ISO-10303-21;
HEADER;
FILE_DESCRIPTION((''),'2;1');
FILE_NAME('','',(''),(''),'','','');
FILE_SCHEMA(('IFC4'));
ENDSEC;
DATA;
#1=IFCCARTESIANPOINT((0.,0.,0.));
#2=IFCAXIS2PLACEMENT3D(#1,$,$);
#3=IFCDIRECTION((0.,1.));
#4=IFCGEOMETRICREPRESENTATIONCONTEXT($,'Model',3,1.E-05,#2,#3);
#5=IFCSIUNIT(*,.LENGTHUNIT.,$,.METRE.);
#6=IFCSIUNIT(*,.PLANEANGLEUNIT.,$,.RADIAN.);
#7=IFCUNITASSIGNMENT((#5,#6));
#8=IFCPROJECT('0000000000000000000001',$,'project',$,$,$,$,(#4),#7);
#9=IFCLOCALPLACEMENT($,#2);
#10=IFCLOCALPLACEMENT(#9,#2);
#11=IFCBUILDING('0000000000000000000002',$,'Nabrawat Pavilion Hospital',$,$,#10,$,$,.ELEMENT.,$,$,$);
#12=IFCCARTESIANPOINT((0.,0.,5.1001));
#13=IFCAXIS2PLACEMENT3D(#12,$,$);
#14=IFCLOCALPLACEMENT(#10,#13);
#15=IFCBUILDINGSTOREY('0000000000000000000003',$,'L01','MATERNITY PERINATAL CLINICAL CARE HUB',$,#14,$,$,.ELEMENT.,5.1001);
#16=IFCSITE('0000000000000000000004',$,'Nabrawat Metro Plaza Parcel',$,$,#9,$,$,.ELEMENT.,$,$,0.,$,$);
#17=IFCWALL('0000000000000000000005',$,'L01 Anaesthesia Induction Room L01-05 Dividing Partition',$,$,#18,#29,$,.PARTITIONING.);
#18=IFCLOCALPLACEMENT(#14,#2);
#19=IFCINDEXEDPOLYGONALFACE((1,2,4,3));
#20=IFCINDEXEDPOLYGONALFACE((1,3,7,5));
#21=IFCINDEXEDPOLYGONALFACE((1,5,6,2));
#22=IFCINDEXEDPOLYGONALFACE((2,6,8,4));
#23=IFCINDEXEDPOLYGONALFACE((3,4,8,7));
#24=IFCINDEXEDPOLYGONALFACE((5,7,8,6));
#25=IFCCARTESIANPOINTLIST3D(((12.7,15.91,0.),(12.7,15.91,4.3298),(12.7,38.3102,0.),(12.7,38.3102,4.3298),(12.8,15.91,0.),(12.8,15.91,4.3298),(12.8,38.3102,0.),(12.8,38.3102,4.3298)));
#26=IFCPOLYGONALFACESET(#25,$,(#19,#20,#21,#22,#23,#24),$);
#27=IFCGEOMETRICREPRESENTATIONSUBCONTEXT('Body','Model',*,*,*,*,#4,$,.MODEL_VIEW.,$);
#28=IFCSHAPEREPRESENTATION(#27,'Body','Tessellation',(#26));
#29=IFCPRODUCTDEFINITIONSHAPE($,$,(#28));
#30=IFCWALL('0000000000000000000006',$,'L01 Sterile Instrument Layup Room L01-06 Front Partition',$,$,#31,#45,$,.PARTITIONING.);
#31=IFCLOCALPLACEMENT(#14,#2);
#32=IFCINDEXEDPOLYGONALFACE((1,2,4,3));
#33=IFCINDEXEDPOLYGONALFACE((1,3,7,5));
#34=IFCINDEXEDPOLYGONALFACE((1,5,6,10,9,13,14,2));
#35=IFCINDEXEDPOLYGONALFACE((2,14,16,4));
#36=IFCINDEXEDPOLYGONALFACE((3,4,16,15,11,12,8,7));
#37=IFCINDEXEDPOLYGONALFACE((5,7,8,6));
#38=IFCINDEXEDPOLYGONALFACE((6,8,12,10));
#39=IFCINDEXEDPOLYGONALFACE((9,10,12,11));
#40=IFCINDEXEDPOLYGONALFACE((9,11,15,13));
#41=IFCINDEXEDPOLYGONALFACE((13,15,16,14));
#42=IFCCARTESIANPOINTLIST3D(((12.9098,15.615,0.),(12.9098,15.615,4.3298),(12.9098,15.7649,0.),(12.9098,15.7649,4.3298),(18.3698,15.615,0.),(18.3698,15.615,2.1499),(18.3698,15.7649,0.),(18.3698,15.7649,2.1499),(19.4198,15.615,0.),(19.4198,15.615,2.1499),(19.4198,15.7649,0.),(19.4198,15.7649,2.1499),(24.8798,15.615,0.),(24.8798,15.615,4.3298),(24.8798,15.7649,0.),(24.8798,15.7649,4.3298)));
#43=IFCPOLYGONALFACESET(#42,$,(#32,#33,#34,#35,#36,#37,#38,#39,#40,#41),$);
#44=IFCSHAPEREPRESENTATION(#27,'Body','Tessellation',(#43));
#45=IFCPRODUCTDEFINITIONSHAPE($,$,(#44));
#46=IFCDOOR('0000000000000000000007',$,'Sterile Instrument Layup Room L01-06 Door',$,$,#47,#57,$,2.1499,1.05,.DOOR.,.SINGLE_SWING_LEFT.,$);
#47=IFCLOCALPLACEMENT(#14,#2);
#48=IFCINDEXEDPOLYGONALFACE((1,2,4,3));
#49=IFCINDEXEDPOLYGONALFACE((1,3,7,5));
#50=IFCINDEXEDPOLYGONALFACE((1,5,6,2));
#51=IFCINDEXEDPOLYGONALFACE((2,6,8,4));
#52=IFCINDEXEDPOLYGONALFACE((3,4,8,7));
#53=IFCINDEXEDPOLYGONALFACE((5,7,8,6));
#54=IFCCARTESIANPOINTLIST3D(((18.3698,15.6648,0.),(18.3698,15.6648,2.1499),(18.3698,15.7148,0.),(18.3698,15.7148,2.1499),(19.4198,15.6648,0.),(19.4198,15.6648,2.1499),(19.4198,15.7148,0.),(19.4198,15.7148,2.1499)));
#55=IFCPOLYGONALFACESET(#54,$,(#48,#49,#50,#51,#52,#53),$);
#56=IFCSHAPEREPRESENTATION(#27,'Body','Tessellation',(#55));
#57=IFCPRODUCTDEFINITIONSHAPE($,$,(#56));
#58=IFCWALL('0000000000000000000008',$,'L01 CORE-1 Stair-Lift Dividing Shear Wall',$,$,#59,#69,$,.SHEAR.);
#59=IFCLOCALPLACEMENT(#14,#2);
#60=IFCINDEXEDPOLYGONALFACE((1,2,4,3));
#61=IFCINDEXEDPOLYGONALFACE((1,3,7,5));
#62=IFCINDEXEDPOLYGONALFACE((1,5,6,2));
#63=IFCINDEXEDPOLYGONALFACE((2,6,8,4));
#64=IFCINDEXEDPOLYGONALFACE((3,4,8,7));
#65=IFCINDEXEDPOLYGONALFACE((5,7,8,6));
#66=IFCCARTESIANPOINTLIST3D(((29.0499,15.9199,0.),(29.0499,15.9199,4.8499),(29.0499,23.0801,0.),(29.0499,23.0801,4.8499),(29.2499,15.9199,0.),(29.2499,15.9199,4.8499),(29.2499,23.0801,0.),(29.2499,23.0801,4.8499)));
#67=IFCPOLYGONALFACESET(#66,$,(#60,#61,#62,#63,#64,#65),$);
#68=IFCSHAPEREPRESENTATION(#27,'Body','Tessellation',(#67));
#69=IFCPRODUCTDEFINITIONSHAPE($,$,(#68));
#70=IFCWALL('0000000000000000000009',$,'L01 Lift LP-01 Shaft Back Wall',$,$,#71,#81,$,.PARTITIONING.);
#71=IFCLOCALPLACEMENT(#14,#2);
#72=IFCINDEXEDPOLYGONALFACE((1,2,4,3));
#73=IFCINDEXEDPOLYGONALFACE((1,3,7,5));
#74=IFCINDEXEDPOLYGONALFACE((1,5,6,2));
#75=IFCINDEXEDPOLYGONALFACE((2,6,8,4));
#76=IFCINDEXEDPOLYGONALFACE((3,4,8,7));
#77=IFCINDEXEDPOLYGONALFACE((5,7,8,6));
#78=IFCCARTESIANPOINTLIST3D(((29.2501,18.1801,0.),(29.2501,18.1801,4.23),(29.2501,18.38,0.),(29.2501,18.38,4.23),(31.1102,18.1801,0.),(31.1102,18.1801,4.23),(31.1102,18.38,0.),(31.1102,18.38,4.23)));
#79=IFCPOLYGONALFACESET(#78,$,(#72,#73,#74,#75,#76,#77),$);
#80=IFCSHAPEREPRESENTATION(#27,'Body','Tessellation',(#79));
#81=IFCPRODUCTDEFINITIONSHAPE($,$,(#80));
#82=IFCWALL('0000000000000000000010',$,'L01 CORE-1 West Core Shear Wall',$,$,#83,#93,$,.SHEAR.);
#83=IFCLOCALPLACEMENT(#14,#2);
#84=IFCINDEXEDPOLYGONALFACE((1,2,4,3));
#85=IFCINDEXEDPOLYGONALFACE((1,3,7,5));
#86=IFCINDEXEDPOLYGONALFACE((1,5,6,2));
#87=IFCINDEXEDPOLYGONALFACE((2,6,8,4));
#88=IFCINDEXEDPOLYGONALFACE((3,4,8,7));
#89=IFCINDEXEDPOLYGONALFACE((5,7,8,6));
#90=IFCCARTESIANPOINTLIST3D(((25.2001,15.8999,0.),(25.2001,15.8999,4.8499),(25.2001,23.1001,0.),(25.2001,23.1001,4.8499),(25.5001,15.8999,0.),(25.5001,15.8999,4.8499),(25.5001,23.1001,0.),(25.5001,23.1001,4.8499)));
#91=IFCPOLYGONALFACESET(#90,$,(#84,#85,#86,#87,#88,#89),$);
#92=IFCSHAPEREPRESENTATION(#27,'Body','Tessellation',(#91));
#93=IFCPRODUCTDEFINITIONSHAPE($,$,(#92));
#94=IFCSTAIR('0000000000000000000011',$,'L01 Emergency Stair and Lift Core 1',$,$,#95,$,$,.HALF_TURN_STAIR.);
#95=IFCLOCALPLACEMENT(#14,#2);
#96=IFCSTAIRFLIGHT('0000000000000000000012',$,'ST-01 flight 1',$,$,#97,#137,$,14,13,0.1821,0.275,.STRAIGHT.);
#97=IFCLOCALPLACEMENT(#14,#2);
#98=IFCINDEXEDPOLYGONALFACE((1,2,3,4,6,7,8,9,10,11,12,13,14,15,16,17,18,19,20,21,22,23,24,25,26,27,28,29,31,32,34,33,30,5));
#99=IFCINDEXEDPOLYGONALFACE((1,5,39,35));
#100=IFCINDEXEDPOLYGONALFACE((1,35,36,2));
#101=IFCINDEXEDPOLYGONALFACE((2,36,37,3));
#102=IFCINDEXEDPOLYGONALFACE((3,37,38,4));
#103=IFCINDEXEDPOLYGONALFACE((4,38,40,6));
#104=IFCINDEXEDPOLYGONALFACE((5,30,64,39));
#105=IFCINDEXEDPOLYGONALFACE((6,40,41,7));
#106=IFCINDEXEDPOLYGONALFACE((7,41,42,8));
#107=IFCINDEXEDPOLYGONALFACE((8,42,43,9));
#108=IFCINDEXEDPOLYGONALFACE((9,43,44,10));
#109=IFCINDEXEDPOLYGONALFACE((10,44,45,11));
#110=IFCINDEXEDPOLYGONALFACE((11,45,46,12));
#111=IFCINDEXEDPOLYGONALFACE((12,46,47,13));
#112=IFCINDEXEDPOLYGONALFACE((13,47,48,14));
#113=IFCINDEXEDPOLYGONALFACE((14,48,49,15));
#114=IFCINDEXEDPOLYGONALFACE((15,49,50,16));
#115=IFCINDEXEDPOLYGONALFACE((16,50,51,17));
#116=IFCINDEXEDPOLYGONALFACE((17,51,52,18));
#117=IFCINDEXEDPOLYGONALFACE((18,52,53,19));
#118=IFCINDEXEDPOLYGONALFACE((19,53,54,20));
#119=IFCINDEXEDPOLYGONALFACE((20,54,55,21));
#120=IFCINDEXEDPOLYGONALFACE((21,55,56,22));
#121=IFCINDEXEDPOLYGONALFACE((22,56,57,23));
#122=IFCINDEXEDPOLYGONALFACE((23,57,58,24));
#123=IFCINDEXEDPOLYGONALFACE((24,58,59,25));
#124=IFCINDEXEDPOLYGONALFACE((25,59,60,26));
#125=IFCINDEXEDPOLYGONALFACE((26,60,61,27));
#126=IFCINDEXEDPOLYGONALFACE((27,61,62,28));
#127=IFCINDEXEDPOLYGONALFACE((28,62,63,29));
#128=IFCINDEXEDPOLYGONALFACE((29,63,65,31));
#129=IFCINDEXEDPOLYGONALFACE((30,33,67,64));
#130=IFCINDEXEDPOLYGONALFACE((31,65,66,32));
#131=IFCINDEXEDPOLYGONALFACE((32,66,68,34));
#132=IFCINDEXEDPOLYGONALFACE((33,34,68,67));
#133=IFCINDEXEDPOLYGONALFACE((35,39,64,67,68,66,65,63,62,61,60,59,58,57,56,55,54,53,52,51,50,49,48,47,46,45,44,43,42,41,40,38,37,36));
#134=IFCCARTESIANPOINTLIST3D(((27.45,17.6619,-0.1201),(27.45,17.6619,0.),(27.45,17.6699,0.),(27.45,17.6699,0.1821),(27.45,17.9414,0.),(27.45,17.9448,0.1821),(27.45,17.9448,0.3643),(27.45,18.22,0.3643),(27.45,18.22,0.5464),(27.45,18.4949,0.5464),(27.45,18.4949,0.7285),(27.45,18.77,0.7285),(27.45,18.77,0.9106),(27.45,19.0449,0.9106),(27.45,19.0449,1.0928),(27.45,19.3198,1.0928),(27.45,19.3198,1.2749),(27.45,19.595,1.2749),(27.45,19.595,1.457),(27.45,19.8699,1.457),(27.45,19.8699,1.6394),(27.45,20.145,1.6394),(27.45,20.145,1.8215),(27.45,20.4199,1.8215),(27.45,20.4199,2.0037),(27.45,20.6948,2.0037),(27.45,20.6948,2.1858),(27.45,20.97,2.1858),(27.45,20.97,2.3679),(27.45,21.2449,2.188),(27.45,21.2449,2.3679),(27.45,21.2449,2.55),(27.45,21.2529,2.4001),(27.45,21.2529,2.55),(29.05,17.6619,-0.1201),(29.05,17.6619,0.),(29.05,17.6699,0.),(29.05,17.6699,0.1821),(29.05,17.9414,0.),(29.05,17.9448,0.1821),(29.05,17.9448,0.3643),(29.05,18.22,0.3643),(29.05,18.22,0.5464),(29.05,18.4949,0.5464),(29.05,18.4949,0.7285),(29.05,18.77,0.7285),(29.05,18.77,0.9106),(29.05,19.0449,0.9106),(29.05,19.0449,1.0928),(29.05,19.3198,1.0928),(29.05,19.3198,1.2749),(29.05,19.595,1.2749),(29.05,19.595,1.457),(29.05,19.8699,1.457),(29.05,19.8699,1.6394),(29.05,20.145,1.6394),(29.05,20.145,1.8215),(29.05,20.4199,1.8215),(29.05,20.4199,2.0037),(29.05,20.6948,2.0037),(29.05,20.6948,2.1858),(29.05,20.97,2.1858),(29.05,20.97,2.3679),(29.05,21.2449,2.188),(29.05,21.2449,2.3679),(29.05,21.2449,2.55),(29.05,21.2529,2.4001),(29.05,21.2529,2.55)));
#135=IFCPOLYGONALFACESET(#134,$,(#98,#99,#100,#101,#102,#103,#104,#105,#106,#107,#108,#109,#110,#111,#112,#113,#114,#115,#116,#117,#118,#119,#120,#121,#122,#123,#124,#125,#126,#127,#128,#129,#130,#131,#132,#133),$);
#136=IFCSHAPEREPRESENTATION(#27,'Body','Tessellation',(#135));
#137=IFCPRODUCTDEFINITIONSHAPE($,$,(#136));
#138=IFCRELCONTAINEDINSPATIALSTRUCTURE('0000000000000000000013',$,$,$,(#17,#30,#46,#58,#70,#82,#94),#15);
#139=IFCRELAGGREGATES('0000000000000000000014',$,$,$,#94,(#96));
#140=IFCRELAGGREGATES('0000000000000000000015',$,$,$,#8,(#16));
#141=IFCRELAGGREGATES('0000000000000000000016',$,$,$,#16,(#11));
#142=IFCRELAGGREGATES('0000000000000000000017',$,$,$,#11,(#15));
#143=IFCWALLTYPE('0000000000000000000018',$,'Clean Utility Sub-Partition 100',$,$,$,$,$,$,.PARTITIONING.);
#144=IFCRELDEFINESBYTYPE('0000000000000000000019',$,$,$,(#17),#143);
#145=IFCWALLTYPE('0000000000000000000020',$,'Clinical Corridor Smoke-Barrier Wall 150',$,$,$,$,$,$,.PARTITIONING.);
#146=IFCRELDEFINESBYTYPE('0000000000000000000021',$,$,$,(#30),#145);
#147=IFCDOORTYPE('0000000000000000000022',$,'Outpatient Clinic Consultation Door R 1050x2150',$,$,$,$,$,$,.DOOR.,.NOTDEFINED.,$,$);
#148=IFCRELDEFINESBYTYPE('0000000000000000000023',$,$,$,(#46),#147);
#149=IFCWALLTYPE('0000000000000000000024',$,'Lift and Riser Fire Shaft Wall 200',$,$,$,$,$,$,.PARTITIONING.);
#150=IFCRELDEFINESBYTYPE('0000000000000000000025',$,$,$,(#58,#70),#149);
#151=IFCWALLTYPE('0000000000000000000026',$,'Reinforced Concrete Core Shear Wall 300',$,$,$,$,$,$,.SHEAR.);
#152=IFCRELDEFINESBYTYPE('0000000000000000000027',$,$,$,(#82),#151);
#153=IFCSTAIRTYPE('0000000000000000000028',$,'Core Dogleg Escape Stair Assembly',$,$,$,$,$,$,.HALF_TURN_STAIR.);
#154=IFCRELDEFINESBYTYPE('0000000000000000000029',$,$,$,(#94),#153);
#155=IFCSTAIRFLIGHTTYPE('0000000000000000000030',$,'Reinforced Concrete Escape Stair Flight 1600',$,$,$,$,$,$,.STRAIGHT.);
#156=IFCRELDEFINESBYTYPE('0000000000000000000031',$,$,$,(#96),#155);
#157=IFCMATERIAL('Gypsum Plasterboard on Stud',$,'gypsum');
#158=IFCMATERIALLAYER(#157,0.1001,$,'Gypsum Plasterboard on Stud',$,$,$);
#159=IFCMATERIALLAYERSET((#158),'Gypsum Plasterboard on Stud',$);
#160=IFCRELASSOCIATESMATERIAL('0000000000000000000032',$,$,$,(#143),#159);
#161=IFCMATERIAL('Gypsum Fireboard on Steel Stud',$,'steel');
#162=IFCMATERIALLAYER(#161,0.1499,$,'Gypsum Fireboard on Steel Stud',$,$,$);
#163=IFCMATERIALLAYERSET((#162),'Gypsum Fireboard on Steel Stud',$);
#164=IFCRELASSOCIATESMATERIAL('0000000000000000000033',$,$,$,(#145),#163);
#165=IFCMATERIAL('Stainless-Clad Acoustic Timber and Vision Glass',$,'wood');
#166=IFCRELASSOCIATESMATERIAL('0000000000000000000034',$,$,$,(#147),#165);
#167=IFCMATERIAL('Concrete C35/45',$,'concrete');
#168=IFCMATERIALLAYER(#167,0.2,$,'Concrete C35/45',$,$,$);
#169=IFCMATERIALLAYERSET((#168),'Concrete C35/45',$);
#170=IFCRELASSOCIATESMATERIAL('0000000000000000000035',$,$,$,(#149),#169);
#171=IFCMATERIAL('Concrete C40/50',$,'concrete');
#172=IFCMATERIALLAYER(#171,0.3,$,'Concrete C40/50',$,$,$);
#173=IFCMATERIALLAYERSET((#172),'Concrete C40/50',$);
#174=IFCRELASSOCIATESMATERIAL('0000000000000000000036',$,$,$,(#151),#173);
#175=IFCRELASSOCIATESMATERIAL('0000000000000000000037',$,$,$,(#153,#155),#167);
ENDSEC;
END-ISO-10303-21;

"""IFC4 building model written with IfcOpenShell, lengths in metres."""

from ifc_helpers import new_model, si_unit, direction, frame, frame_2d, origin, place, context, subcontext, project, spatial, polyline, rectangle, outline, extrude, material, layer, layer_set, type_object, element, fill, aggregate, save


model = new_model("IFC4")

# Units and contexts
model_context = context("Model", 3, precision=1e-05, world=origin(), true_north=direction((0.0, 1.0)))
body_context = subcontext(model_context, "Body", "Model", "MODEL_VIEW")
ifc_project = project(units=[si_unit("LENGTHUNIT", "METRE"), si_unit("PLANEANGLEUNIT", "RADIAN")], contexts=[model_context])

# Site, building, storey
site_placement = place(None, origin())
site = spatial("IfcSite", under=ifc_project, at=site_placement, Name="Nabrawat Metro Plaza Parcel", CompositionType="ELEMENT", RefElevation=0.0)
building_placement = place(site_placement, origin())
building = spatial("IfcBuilding", under=site, at=building_placement, Name="Nabrawat Pavilion Hospital", CompositionType="ELEMENT")
storey_placement = place(building_placement, frame((0.0, 0.0, 5.1001)))
storey = spatial("IfcBuildingStorey", under=building, at=storey_placement, Name="L01", Description="MATERNITY PERINATAL CLINICAL CARE HUB", CompositionType="ELEMENT", Elevation=5.1001)

# Wall
ifc_material_1 = material(Name="Gypsum Plasterboard on Stud", Category="gypsum")
ifc_layer_1 = layer(ifc_material_1, 0.1001, Name="Gypsum Plasterboard on Stud")
ifc_layer_set_1 = layer_set([ifc_layer_1], Name="Gypsum Plasterboard on Stud")
wall_type_1 = type_object("IfcWallType", Name="Clean Utility Sub-Partition 100", PredefinedType="PARTITIONING", material=ifc_layer_set_1)
wall_1_placement = place(storey_placement, frame((12.75, 15.9099, 0.0), z_axis=(0.0, 0.0, 1.0), x_axis=(0.0, 1.0, 0.0)))
element("IfcWall", 1, at=wall_1_placement, inside=storey, type_object=wall_type_1, Name="L01 Anaesthesia Induction Room L01-05 Dividing Partition", PredefinedType="PARTITIONING", context=body_context, shape_type="SweptSolid", body=[
    extrude(rectangle(XDim=22.4001, YDim=0.1001, at=frame_2d((11.2002, 0.0))), origin(), (0.0, 0.0, 1.0), 4.3298),
])

# Wall, opening, door
ifc_material_2 = material(Name="Gypsum Fireboard on Steel Stud", Category="steel")
ifc_layer_2 = layer(ifc_material_2, 0.1499, Name="Gypsum Fireboard on Steel Stud")
ifc_layer_set_2 = layer_set([ifc_layer_2], Name="Gypsum Fireboard on Steel Stud")
wall_type_2 = type_object("IfcWallType", Name="Clinical Corridor Smoke-Barrier Wall 150", PredefinedType="PARTITIONING", material=ifc_layer_set_2)
wall_2_placement = place(storey_placement, frame((12.9099, 15.6899, 0.0), z_axis=(0.0, 0.0, 1.0), x_axis=(1.0, 0.0, 0.0)))
wall_2 = element("IfcWall", 2, at=wall_2_placement, inside=storey, type_object=wall_type_2, Name="L01 Sterile Instrument Layup Room L01-06 Front Partition", PredefinedType="PARTITIONING", context=body_context, shape_type="SweptSolid", body=[
    extrude(rectangle(XDim=11.97, YDim=0.1499, at=frame_2d((5.9849, 0.0))), origin(), (0.0, 0.0, 1.0), 4.3298),
])
opening_1_placement = place(wall_2_placement, frame((5.46, 0.0, 0.0)))
opening_1 = element("IfcOpeningElement", 3, at=opening_1_placement, cuts=wall_2, PredefinedType="OPENING", context=body_context, shape_type="SweptSolid", body=[
    extrude(rectangle(XDim=1.05, YDim=2.1499, at=frame_2d((0.5249, 1.075))), frame((0.0, 0.085, 0.0), z_axis=(0.0, -1.0, 0.0), x_axis=(1.0, 0.0, 0.0)), (0.0, 0.0, 1.0), 0.1699),
])
ifc_material_3 = material(Name="Stainless-Clad Acoustic Timber and Vision Glass", Category="wood")
door_type_1 = type_object("IfcDoorType", Name="Outpatient Clinic Consultation Door R 1050x2150", OperationType="NOTDEFINED", PredefinedType="DOOR", material=ifc_material_3)
door_1_placement = place(opening_1_placement, origin())
door_1 = element("IfcDoor", 4, at=door_1_placement, inside=storey, type_object=door_type_1, Name="Sterile Instrument Layup Room L01-06 Door", OperationType="SINGLE_SWING_LEFT", OverallHeight=2.1499, OverallWidth=1.05, PredefinedType="DOOR", context=body_context, shape_type="SweptSolid", body=[
    extrude(rectangle(XDim=1.05, YDim=2.1499, at=frame_2d((0.5249, 1.075))), frame((0.0, 0.0249, 0.0), z_axis=(0.0, -1.0, 0.0), x_axis=(1.0, 0.0, 0.0)), (0.0, 0.0, 1.0), 0.05),
])
fill(opening_1, door_1)

# Walls
ifc_material_4 = material(Name="Concrete C35/45", Category="concrete")
ifc_layer_3 = layer(ifc_material_4, 0.2, Name="Concrete C35/45")
ifc_layer_set_3 = layer_set([ifc_layer_3], Name="Concrete C35/45")
wall_type_3 = type_object("IfcWallType", Name="Lift and Riser Fire Shaft Wall 200", PredefinedType="PARTITIONING", material=ifc_layer_set_3)
wall_3_placement = place(storey_placement, frame((29.1499, 15.9199, 0.0), z_axis=(0.0, 0.0, 1.0), x_axis=(0.0, 1.0, 0.0)))
element("IfcWall", 5, at=wall_3_placement, inside=storey, type_object=wall_type_3, Name="L01 CORE-1 Stair-Lift Dividing Shear Wall", PredefinedType="SHEAR", context=body_context, shape_type="SweptSolid", body=[
    extrude(rectangle(XDim=7.1602, YDim=0.2, at=frame_2d((3.5801, 0.0))), origin(), (0.0, 0.0, 1.0), 4.8499),
])
wall_4_placement = place(storey_placement, frame((29.25, 18.28, 0.0), z_axis=(0.0, 0.0, 1.0), x_axis=(1.0, 0.0, 0.0)))
element("IfcWall", 6, at=wall_4_placement, inside=storey, type_object=wall_type_3, Name="L01 Lift LP-01 Shaft Back Wall", PredefinedType="PARTITIONING", context=body_context, shape_type="SweptSolid", body=[
    extrude(rectangle(XDim=1.8601, YDim=0.2, at=frame_2d((0.9302, 0.0))), origin(), (0.0, 0.0, 1.0), 4.23),
])

# Shared definitions
ifc_material_5 = material(Name="Concrete C40/50", Category="concrete")
ifc_layer_4 = layer(ifc_material_5, 0.3, Name="Concrete C40/50")
ifc_layer_set_4 = layer_set([ifc_layer_4], Name="Concrete C40/50")
wall_type_4 = type_object("IfcWallType", Name="Reinforced Concrete Core Shear Wall 300", PredefinedType="SHEAR", material=ifc_layer_set_4)

# Wall
wall_5_placement = place(storey_placement, frame((25.3501, 15.8999, 0.0), z_axis=(0.0, 0.0, 1.0), x_axis=(0.0, 1.0, 0.0)))
element("IfcWall", 7, at=wall_5_placement, inside=storey, type_object=wall_type_4, Name="L01 CORE-1 West Core Shear Wall", PredefinedType="SHEAR", context=body_context, shape_type="SweptSolid", body=[
    extrude(rectangle(XDim=7.2002, YDim=0.3, at=frame_2d((3.6001, 0.0))), origin(), (0.0, 0.0, 1.0), 4.8499),
])

# Stair, stair flight
stair_type = type_object("IfcStairType", Name="Core Dogleg Escape Stair Assembly", PredefinedType="HALF_TURN_STAIR", material=ifc_material_4)
stair_placement = place(storey_placement, origin())
stair = element("IfcStair", 8, at=stair_placement, inside=storey, type_object=stair_type, Name="L01 Emergency Stair and Lift Core 1", PredefinedType="HALF_TURN_STAIR")
stair_flight_type = type_object("IfcStairFlightType", Name="Reinforced Concrete Escape Stair Flight 1600", PredefinedType="STRAIGHT", material=ifc_material_4)
stair_flight_1_placement = place(storey_placement, frame((28.25, 17.6699, 0.0), z_axis=(0.0, 0.0, 1.0), x_axis=(0.0, 1.0, 0.0)))
stair_flight_1 = element("IfcStairFlight", 9, at=stair_flight_1_placement, type_object=stair_flight_type, Name="ST-01 flight 1", NumberOfRisers=14, NumberOfTreads=13, PredefinedType="STRAIGHT", RiserHeight=0.1821, TreadLength=0.275, context=body_context, shape_type="SweptSolid", body=[
    extrude(outline(polyline([(-0.0081, 0.0), (0.0, 0.0), (0.0, 0.1821), (0.2749, 0.1821), (0.2749, 0.3643), (0.55, 0.3643), (0.55, 0.5464), (0.825, 0.5464), (0.825, 0.7285), (1.1001, 0.7285), (1.1001, 0.9106), (1.375, 0.9106), (1.375, 1.0928), (1.6499, 1.0928), (1.6499, 1.2749), (1.925, 1.2749), (1.925, 1.457), (2.2, 1.457), (2.2, 1.6394), (2.4751, 1.6394), (2.4751, 1.8215), (2.75, 1.8215), (2.75, 2.0037), (3.0249, 2.0037), (3.0249, 2.1858), (3.3, 2.1858), (3.3, 2.3679), (3.575, 2.3679), (3.575, 2.55), (3.583, 2.55), (3.583, 2.4001), (3.575, 2.188), (0.2715, 0.0), (-0.0081, -0.1201), (-0.0081, 0.0)])), frame((0.0, 0.8, 0.0), z_axis=(0.0, -1.0, 0.0), x_axis=(1.0, 0.0, 0.0)), (0.0, 0.0, 1.0), 1.6001),
])
aggregate(stair, [stair_flight_1])

save(model, "model.ifc")
